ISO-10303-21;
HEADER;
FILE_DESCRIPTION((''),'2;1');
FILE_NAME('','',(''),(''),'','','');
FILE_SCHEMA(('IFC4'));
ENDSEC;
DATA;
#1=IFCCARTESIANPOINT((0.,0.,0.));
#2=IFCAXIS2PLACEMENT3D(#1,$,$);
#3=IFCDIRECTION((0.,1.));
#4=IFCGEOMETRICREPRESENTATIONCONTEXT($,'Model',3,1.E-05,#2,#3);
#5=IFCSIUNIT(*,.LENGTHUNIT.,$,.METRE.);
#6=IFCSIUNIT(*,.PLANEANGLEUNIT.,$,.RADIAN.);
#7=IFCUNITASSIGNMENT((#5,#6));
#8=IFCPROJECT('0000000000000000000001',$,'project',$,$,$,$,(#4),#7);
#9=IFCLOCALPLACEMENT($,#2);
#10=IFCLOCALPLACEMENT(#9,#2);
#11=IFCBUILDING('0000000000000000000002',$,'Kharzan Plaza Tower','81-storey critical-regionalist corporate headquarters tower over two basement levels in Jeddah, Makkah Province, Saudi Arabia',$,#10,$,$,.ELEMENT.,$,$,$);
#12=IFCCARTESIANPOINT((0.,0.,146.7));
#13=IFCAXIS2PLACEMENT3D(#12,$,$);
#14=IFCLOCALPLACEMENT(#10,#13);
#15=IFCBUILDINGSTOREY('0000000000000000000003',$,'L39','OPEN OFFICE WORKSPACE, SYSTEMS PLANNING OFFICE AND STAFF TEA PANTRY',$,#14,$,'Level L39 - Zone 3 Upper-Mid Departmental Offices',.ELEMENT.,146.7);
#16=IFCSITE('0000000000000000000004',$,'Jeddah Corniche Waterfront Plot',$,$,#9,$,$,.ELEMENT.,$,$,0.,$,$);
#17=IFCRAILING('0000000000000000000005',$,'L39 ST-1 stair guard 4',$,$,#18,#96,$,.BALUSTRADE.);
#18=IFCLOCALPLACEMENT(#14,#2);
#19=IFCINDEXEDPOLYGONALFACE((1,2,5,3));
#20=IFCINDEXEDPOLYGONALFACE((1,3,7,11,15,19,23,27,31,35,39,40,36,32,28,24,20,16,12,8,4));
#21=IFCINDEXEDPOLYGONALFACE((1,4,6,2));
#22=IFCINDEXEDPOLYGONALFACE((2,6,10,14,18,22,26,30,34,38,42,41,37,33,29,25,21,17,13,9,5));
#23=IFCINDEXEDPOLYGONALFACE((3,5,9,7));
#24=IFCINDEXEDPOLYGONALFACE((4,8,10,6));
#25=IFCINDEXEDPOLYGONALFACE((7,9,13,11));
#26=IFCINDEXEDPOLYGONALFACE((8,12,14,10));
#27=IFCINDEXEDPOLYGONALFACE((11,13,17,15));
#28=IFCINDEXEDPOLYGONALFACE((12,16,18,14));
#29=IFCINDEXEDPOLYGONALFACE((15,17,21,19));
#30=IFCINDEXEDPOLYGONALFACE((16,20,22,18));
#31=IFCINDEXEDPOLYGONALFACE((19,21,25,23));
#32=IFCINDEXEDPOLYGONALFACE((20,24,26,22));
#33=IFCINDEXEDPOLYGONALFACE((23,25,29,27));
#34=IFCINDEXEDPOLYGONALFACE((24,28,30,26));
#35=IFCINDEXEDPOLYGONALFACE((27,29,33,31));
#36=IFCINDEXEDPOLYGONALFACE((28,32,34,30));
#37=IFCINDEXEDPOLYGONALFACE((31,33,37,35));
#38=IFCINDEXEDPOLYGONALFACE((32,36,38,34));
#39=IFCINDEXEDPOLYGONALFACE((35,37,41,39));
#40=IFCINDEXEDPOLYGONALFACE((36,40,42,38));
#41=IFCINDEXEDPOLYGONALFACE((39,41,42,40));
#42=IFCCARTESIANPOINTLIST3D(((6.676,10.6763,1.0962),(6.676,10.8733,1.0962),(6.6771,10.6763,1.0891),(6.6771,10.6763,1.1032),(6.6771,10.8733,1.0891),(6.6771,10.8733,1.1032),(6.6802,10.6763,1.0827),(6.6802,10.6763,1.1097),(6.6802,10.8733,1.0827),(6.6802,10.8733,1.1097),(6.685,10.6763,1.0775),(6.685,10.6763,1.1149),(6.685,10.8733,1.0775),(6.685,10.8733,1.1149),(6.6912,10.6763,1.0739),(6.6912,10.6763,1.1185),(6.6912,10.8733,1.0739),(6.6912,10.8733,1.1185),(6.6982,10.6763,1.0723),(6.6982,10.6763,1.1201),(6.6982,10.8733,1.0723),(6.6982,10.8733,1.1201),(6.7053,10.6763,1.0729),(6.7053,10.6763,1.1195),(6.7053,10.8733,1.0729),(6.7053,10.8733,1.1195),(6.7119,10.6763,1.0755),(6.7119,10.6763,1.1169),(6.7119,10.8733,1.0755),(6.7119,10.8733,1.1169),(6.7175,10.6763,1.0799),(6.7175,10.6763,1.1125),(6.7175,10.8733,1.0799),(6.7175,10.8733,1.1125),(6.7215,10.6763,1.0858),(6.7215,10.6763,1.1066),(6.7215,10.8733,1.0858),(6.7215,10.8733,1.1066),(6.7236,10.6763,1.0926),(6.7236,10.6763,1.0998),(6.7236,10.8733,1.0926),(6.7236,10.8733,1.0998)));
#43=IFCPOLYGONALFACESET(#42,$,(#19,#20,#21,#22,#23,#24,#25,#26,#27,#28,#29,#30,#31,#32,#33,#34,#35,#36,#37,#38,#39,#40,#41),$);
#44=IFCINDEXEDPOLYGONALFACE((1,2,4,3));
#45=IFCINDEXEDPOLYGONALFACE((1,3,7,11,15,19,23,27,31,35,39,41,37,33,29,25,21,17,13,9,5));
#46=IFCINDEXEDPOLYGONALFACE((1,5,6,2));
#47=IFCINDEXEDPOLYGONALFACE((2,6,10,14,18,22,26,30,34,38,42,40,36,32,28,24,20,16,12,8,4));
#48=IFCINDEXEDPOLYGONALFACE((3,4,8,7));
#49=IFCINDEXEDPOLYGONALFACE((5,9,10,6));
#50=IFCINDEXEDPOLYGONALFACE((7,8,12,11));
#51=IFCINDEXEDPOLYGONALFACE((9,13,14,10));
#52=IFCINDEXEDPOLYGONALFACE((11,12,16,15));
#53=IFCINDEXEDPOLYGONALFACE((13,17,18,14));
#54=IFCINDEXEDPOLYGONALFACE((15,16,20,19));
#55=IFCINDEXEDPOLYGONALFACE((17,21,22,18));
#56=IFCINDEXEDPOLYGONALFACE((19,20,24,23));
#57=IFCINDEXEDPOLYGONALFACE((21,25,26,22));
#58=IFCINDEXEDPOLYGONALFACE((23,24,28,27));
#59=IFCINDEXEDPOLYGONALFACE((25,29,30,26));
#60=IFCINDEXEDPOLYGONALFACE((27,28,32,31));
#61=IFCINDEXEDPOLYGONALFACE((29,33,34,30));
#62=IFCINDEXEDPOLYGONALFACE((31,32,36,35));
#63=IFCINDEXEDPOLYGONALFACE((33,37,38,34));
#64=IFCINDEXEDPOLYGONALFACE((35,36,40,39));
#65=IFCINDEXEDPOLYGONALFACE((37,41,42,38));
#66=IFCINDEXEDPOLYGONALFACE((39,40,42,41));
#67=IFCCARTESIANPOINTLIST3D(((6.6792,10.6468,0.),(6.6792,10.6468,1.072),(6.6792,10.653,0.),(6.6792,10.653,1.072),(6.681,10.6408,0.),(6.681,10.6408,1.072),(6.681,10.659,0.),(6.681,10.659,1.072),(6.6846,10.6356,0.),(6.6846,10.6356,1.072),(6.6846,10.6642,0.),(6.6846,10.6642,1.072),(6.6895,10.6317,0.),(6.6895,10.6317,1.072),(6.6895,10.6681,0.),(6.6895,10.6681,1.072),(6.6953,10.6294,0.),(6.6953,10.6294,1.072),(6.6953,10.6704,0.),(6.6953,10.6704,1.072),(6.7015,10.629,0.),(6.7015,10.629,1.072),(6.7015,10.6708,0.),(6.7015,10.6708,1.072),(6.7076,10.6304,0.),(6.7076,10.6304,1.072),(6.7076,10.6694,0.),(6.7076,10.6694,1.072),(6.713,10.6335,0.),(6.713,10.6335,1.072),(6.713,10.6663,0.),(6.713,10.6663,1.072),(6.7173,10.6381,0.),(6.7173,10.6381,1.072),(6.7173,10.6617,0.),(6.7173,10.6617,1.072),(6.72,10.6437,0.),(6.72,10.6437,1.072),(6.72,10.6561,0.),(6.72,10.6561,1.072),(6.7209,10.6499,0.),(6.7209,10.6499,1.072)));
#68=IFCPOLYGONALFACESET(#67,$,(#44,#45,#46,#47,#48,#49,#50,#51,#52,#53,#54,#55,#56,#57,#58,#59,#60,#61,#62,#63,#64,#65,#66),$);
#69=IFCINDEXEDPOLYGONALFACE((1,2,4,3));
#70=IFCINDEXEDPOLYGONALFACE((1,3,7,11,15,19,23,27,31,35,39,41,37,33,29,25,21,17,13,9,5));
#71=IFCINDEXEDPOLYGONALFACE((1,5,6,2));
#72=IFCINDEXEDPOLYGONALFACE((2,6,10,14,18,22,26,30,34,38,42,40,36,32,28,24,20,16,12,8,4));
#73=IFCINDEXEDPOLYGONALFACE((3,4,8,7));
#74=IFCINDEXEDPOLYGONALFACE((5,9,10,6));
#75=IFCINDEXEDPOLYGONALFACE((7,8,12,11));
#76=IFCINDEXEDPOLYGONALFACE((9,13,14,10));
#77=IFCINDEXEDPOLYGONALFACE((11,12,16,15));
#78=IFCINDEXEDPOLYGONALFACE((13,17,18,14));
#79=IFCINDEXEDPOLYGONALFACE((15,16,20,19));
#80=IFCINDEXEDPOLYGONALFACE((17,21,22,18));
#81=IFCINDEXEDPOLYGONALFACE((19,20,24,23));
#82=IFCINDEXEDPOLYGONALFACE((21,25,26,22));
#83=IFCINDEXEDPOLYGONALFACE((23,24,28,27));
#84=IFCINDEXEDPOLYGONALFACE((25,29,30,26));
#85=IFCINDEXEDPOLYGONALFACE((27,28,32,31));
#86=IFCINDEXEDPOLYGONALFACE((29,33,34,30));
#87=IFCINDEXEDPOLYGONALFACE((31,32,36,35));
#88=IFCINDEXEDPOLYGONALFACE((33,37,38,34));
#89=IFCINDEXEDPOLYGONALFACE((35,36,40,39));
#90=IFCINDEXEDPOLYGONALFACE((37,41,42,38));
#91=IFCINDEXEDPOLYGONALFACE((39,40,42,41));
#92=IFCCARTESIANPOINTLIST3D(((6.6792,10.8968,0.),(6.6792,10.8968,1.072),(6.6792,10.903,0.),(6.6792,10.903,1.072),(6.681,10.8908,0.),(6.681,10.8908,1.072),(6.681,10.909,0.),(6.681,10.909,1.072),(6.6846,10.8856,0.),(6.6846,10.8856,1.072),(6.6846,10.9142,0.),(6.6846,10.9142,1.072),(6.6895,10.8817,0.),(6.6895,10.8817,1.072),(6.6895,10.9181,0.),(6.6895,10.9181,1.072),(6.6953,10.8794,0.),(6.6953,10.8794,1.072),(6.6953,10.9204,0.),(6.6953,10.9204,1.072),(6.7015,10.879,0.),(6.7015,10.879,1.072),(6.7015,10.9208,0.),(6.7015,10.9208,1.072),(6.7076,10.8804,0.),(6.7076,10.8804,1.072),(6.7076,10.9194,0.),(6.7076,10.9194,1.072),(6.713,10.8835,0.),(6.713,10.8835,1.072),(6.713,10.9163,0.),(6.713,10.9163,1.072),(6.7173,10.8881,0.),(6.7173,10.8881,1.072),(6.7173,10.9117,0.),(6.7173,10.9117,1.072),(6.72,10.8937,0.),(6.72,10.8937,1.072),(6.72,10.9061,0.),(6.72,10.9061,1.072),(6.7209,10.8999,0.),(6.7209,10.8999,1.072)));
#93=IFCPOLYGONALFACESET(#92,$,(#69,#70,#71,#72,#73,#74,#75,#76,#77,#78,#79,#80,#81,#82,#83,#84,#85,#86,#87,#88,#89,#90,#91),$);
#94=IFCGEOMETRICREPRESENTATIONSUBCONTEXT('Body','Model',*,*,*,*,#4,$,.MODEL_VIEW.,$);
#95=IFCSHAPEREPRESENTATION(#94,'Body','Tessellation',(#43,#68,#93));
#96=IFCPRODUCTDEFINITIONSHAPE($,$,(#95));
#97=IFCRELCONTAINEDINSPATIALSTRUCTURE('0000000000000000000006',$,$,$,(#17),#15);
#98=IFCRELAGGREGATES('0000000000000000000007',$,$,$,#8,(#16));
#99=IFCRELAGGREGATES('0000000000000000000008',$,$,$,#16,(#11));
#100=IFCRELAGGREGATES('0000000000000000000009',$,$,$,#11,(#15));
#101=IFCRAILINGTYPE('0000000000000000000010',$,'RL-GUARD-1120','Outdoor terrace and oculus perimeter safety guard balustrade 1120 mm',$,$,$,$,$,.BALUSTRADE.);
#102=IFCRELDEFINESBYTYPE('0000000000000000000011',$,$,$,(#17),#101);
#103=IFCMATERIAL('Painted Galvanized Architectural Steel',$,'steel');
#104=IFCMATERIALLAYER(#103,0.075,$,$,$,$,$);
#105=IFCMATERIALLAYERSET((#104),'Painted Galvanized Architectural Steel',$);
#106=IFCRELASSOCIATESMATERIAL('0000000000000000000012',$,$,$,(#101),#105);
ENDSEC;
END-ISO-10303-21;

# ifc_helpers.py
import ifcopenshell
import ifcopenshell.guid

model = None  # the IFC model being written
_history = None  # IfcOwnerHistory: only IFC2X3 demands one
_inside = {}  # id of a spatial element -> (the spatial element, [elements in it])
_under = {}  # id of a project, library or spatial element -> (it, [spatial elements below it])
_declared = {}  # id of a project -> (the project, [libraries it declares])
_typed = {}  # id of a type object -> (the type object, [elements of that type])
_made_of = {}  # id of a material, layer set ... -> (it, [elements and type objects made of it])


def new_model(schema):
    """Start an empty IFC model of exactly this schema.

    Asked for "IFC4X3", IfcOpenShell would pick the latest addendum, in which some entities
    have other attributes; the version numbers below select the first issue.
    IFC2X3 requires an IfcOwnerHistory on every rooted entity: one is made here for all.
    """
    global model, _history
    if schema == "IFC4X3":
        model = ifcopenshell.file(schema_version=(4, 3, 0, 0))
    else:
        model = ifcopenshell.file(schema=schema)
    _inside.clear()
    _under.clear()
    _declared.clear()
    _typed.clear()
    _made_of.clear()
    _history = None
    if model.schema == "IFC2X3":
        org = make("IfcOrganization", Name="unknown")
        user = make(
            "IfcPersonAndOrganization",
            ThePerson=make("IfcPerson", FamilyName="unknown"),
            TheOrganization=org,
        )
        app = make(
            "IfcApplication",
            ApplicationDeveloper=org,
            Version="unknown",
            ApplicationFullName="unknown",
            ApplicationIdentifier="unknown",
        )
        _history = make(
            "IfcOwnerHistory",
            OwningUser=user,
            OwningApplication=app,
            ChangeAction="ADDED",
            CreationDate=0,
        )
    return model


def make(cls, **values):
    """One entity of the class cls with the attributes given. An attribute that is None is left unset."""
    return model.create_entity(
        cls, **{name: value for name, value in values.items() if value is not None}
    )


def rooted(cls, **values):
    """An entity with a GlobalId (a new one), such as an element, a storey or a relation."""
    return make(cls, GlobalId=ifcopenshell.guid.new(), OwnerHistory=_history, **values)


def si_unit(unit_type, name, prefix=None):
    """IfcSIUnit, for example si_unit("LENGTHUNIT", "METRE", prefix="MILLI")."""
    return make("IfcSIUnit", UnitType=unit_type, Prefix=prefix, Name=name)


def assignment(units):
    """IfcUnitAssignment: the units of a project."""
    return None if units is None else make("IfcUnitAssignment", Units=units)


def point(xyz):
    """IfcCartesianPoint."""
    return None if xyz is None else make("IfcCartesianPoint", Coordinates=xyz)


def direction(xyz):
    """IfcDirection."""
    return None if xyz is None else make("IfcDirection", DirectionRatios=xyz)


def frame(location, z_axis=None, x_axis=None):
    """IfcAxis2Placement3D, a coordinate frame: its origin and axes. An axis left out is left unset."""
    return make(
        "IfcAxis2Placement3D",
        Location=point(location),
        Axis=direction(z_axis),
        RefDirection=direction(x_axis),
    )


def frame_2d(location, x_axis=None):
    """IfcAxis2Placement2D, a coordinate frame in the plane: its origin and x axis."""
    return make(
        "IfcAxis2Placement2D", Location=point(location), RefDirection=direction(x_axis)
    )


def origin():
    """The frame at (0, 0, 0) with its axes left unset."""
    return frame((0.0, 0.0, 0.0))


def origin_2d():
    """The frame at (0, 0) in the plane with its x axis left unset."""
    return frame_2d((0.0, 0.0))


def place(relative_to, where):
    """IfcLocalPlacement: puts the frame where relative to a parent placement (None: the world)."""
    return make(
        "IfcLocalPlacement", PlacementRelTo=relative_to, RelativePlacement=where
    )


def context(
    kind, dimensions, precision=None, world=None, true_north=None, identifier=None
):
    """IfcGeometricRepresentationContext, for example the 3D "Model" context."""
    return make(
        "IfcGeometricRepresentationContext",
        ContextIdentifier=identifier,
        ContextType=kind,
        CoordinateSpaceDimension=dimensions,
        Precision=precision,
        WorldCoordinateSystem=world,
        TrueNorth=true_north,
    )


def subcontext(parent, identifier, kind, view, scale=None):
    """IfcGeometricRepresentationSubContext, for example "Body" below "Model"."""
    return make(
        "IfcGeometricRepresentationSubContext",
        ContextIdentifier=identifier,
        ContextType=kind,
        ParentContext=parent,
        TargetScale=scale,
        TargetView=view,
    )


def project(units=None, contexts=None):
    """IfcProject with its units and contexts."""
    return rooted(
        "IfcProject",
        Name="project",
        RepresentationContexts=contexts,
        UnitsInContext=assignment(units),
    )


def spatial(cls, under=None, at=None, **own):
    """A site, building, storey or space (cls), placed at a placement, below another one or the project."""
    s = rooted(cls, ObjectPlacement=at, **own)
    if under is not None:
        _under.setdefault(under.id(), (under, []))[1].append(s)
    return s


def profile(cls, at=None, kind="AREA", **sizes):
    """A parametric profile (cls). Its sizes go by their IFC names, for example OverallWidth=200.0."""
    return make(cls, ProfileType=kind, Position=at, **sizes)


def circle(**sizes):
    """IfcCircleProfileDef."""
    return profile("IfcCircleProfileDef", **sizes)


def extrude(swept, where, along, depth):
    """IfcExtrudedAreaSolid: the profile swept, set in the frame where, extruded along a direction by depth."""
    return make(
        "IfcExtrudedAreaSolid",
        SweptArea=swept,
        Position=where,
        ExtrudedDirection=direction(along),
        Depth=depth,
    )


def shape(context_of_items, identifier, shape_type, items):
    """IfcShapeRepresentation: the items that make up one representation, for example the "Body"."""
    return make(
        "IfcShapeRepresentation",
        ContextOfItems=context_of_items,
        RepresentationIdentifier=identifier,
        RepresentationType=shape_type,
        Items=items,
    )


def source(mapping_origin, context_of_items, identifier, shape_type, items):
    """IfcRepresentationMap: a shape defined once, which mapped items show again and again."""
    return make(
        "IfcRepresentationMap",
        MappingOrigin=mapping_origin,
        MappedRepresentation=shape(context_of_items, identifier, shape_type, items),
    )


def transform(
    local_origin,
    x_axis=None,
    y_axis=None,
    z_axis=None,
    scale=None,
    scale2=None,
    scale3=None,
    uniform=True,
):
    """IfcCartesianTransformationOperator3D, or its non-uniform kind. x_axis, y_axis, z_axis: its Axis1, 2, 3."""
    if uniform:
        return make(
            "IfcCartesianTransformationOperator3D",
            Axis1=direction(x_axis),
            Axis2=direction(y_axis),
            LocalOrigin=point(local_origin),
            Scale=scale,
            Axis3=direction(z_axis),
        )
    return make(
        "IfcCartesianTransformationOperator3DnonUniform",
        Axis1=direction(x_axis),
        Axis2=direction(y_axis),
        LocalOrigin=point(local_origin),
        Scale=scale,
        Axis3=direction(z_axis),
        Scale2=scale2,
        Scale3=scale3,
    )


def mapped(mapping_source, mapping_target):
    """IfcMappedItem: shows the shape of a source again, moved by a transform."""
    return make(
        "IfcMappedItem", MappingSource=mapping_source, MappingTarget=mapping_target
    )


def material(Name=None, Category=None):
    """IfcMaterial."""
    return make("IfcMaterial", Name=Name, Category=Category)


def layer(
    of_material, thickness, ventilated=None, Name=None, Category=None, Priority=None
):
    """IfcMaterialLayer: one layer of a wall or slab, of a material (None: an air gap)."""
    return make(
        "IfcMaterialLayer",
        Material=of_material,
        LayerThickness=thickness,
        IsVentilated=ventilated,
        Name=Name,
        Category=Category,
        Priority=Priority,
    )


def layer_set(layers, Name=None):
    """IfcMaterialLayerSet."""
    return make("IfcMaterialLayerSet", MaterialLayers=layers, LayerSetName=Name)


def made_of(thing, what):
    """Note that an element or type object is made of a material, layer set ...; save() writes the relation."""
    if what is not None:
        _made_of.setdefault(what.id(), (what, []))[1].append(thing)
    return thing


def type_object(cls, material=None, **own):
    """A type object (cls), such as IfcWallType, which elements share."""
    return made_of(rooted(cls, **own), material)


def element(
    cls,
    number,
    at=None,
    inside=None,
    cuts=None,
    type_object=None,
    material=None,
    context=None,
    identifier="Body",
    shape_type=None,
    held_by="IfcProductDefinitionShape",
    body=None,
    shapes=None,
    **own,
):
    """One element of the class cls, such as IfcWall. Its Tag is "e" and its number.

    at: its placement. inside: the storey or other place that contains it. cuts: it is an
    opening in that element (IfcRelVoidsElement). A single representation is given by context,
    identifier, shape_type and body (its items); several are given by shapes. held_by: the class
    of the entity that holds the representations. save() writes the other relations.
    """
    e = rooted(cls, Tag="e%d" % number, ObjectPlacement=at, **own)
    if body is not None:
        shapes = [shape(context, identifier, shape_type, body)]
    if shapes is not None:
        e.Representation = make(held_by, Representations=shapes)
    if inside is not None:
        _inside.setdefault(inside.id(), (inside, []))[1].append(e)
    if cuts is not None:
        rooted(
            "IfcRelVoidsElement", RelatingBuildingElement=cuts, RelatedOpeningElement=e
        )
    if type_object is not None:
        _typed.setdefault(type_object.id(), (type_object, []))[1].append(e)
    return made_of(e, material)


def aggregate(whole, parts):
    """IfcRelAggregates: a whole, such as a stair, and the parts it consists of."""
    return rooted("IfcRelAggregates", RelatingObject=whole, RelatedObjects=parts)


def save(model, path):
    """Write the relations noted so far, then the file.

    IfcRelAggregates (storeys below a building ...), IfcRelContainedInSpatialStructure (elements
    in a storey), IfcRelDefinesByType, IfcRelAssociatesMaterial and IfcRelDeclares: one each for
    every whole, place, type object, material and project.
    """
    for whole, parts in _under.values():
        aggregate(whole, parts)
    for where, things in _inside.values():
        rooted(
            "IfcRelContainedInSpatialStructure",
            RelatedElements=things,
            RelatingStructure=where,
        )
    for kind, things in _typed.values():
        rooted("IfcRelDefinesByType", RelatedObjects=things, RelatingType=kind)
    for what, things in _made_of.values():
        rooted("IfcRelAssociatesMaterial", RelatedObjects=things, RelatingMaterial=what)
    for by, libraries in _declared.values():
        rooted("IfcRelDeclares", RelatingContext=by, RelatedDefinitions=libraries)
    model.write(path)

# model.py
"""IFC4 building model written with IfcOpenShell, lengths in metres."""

from ifc_helpers import new_model, si_unit, direction, frame, origin, origin_2d, place, context, subcontext, project, spatial, circle, extrude, source, transform, mapped, material, layer, layer_set, type_object, element, save


model = new_model("IFC4")

# Units and contexts
model_context = context("Model", 3, precision=1e-05, world=origin(), true_north=direction((0.0, 1.0)))
body_context = subcontext(model_context, "Body", "Model", "MODEL_VIEW")
ifc_project = project(units=[si_unit("LENGTHUNIT", "METRE"), si_unit("PLANEANGLEUNIT", "RADIAN")], contexts=[model_context])

# Site, building, storey
site_placement = place(None, origin())
site = spatial("IfcSite", under=ifc_project, at=site_placement, Name="Jeddah Corniche Waterfront Plot", CompositionType="ELEMENT", RefElevation=0.0)
building_placement = place(site_placement, origin())
building = spatial("IfcBuilding", under=site, at=building_placement, Name="Kharzan Plaza Tower", Description="81-storey critical-regionalist corporate headquarters tower over two basement levels in Jeddah, Makkah Province, Saudi Arabia", CompositionType="ELEMENT")
storey_placement = place(building_placement, frame((0.0, 0.0, 146.7)))
storey = spatial("IfcBuildingStorey", under=building, at=storey_placement, Name="L39", Description="OPEN OFFICE WORKSPACE, SYSTEMS PLANNING OFFICE AND STAFF TEA PANTRY", LongName="Level L39 - Zone 3 Upper-Mid Departmental Offices", CompositionType="ELEMENT", Elevation=146.7)

# Railing
ifc_material_1 = material(Name="Painted Galvanized Architectural Steel", Category="steel")
ifc_layer_1 = layer(ifc_material_1, 0.075)
ifc_layer_set_1 = layer_set([ifc_layer_1], Name="Painted Galvanized Architectural Steel")
railing_type = type_object("IfcRailingType", Name="RL-GUARD-1120", Description="Outdoor terrace and oculus perimeter safety guard balustrade 1120 mm", PredefinedType="BALUSTRADE", material=ifc_layer_set_1)
shared_shape_1 = source(origin(), body_context, "Body", "SweptSolid", [
    extrude(circle(Radius=0.0239, at=origin_2d()), frame((0.0, 0.0264, 1.0962), z_axis=(0.0, 1.0, 0.0), x_axis=(-1.0, 0.0, 0.0)), (0.0, 0.0, 1.0), 0.197),
    extrude(circle(Radius=0.021, at=origin_2d()), origin(), (0.0, 0.0, 1.0), 1.072),
    extrude(circle(Radius=0.021, at=origin_2d()), frame((0.0, 0.25, 0.0)), (0.0, 0.0, 1.0), 1.072),
])
railing_placement = place(storey_placement, frame((6.7, 10.6499, 0.0)))
element("IfcRailing", 1, at=railing_placement, inside=storey, type_object=railing_type, Name="L39 ST-1 stair guard 4", PredefinedType="BALUSTRADE", context=body_context, shape_type="MappedRepresentation", body=[
    mapped(shared_shape_1, transform((0.0, 0.0, 0.0), x_axis=(1.0, 0.0, 0.0), y_axis=(0.0, 1.0, 0.0), z_axis=(0.0, 0.0, 1.0))),
])

save(model, "model.ifc")
